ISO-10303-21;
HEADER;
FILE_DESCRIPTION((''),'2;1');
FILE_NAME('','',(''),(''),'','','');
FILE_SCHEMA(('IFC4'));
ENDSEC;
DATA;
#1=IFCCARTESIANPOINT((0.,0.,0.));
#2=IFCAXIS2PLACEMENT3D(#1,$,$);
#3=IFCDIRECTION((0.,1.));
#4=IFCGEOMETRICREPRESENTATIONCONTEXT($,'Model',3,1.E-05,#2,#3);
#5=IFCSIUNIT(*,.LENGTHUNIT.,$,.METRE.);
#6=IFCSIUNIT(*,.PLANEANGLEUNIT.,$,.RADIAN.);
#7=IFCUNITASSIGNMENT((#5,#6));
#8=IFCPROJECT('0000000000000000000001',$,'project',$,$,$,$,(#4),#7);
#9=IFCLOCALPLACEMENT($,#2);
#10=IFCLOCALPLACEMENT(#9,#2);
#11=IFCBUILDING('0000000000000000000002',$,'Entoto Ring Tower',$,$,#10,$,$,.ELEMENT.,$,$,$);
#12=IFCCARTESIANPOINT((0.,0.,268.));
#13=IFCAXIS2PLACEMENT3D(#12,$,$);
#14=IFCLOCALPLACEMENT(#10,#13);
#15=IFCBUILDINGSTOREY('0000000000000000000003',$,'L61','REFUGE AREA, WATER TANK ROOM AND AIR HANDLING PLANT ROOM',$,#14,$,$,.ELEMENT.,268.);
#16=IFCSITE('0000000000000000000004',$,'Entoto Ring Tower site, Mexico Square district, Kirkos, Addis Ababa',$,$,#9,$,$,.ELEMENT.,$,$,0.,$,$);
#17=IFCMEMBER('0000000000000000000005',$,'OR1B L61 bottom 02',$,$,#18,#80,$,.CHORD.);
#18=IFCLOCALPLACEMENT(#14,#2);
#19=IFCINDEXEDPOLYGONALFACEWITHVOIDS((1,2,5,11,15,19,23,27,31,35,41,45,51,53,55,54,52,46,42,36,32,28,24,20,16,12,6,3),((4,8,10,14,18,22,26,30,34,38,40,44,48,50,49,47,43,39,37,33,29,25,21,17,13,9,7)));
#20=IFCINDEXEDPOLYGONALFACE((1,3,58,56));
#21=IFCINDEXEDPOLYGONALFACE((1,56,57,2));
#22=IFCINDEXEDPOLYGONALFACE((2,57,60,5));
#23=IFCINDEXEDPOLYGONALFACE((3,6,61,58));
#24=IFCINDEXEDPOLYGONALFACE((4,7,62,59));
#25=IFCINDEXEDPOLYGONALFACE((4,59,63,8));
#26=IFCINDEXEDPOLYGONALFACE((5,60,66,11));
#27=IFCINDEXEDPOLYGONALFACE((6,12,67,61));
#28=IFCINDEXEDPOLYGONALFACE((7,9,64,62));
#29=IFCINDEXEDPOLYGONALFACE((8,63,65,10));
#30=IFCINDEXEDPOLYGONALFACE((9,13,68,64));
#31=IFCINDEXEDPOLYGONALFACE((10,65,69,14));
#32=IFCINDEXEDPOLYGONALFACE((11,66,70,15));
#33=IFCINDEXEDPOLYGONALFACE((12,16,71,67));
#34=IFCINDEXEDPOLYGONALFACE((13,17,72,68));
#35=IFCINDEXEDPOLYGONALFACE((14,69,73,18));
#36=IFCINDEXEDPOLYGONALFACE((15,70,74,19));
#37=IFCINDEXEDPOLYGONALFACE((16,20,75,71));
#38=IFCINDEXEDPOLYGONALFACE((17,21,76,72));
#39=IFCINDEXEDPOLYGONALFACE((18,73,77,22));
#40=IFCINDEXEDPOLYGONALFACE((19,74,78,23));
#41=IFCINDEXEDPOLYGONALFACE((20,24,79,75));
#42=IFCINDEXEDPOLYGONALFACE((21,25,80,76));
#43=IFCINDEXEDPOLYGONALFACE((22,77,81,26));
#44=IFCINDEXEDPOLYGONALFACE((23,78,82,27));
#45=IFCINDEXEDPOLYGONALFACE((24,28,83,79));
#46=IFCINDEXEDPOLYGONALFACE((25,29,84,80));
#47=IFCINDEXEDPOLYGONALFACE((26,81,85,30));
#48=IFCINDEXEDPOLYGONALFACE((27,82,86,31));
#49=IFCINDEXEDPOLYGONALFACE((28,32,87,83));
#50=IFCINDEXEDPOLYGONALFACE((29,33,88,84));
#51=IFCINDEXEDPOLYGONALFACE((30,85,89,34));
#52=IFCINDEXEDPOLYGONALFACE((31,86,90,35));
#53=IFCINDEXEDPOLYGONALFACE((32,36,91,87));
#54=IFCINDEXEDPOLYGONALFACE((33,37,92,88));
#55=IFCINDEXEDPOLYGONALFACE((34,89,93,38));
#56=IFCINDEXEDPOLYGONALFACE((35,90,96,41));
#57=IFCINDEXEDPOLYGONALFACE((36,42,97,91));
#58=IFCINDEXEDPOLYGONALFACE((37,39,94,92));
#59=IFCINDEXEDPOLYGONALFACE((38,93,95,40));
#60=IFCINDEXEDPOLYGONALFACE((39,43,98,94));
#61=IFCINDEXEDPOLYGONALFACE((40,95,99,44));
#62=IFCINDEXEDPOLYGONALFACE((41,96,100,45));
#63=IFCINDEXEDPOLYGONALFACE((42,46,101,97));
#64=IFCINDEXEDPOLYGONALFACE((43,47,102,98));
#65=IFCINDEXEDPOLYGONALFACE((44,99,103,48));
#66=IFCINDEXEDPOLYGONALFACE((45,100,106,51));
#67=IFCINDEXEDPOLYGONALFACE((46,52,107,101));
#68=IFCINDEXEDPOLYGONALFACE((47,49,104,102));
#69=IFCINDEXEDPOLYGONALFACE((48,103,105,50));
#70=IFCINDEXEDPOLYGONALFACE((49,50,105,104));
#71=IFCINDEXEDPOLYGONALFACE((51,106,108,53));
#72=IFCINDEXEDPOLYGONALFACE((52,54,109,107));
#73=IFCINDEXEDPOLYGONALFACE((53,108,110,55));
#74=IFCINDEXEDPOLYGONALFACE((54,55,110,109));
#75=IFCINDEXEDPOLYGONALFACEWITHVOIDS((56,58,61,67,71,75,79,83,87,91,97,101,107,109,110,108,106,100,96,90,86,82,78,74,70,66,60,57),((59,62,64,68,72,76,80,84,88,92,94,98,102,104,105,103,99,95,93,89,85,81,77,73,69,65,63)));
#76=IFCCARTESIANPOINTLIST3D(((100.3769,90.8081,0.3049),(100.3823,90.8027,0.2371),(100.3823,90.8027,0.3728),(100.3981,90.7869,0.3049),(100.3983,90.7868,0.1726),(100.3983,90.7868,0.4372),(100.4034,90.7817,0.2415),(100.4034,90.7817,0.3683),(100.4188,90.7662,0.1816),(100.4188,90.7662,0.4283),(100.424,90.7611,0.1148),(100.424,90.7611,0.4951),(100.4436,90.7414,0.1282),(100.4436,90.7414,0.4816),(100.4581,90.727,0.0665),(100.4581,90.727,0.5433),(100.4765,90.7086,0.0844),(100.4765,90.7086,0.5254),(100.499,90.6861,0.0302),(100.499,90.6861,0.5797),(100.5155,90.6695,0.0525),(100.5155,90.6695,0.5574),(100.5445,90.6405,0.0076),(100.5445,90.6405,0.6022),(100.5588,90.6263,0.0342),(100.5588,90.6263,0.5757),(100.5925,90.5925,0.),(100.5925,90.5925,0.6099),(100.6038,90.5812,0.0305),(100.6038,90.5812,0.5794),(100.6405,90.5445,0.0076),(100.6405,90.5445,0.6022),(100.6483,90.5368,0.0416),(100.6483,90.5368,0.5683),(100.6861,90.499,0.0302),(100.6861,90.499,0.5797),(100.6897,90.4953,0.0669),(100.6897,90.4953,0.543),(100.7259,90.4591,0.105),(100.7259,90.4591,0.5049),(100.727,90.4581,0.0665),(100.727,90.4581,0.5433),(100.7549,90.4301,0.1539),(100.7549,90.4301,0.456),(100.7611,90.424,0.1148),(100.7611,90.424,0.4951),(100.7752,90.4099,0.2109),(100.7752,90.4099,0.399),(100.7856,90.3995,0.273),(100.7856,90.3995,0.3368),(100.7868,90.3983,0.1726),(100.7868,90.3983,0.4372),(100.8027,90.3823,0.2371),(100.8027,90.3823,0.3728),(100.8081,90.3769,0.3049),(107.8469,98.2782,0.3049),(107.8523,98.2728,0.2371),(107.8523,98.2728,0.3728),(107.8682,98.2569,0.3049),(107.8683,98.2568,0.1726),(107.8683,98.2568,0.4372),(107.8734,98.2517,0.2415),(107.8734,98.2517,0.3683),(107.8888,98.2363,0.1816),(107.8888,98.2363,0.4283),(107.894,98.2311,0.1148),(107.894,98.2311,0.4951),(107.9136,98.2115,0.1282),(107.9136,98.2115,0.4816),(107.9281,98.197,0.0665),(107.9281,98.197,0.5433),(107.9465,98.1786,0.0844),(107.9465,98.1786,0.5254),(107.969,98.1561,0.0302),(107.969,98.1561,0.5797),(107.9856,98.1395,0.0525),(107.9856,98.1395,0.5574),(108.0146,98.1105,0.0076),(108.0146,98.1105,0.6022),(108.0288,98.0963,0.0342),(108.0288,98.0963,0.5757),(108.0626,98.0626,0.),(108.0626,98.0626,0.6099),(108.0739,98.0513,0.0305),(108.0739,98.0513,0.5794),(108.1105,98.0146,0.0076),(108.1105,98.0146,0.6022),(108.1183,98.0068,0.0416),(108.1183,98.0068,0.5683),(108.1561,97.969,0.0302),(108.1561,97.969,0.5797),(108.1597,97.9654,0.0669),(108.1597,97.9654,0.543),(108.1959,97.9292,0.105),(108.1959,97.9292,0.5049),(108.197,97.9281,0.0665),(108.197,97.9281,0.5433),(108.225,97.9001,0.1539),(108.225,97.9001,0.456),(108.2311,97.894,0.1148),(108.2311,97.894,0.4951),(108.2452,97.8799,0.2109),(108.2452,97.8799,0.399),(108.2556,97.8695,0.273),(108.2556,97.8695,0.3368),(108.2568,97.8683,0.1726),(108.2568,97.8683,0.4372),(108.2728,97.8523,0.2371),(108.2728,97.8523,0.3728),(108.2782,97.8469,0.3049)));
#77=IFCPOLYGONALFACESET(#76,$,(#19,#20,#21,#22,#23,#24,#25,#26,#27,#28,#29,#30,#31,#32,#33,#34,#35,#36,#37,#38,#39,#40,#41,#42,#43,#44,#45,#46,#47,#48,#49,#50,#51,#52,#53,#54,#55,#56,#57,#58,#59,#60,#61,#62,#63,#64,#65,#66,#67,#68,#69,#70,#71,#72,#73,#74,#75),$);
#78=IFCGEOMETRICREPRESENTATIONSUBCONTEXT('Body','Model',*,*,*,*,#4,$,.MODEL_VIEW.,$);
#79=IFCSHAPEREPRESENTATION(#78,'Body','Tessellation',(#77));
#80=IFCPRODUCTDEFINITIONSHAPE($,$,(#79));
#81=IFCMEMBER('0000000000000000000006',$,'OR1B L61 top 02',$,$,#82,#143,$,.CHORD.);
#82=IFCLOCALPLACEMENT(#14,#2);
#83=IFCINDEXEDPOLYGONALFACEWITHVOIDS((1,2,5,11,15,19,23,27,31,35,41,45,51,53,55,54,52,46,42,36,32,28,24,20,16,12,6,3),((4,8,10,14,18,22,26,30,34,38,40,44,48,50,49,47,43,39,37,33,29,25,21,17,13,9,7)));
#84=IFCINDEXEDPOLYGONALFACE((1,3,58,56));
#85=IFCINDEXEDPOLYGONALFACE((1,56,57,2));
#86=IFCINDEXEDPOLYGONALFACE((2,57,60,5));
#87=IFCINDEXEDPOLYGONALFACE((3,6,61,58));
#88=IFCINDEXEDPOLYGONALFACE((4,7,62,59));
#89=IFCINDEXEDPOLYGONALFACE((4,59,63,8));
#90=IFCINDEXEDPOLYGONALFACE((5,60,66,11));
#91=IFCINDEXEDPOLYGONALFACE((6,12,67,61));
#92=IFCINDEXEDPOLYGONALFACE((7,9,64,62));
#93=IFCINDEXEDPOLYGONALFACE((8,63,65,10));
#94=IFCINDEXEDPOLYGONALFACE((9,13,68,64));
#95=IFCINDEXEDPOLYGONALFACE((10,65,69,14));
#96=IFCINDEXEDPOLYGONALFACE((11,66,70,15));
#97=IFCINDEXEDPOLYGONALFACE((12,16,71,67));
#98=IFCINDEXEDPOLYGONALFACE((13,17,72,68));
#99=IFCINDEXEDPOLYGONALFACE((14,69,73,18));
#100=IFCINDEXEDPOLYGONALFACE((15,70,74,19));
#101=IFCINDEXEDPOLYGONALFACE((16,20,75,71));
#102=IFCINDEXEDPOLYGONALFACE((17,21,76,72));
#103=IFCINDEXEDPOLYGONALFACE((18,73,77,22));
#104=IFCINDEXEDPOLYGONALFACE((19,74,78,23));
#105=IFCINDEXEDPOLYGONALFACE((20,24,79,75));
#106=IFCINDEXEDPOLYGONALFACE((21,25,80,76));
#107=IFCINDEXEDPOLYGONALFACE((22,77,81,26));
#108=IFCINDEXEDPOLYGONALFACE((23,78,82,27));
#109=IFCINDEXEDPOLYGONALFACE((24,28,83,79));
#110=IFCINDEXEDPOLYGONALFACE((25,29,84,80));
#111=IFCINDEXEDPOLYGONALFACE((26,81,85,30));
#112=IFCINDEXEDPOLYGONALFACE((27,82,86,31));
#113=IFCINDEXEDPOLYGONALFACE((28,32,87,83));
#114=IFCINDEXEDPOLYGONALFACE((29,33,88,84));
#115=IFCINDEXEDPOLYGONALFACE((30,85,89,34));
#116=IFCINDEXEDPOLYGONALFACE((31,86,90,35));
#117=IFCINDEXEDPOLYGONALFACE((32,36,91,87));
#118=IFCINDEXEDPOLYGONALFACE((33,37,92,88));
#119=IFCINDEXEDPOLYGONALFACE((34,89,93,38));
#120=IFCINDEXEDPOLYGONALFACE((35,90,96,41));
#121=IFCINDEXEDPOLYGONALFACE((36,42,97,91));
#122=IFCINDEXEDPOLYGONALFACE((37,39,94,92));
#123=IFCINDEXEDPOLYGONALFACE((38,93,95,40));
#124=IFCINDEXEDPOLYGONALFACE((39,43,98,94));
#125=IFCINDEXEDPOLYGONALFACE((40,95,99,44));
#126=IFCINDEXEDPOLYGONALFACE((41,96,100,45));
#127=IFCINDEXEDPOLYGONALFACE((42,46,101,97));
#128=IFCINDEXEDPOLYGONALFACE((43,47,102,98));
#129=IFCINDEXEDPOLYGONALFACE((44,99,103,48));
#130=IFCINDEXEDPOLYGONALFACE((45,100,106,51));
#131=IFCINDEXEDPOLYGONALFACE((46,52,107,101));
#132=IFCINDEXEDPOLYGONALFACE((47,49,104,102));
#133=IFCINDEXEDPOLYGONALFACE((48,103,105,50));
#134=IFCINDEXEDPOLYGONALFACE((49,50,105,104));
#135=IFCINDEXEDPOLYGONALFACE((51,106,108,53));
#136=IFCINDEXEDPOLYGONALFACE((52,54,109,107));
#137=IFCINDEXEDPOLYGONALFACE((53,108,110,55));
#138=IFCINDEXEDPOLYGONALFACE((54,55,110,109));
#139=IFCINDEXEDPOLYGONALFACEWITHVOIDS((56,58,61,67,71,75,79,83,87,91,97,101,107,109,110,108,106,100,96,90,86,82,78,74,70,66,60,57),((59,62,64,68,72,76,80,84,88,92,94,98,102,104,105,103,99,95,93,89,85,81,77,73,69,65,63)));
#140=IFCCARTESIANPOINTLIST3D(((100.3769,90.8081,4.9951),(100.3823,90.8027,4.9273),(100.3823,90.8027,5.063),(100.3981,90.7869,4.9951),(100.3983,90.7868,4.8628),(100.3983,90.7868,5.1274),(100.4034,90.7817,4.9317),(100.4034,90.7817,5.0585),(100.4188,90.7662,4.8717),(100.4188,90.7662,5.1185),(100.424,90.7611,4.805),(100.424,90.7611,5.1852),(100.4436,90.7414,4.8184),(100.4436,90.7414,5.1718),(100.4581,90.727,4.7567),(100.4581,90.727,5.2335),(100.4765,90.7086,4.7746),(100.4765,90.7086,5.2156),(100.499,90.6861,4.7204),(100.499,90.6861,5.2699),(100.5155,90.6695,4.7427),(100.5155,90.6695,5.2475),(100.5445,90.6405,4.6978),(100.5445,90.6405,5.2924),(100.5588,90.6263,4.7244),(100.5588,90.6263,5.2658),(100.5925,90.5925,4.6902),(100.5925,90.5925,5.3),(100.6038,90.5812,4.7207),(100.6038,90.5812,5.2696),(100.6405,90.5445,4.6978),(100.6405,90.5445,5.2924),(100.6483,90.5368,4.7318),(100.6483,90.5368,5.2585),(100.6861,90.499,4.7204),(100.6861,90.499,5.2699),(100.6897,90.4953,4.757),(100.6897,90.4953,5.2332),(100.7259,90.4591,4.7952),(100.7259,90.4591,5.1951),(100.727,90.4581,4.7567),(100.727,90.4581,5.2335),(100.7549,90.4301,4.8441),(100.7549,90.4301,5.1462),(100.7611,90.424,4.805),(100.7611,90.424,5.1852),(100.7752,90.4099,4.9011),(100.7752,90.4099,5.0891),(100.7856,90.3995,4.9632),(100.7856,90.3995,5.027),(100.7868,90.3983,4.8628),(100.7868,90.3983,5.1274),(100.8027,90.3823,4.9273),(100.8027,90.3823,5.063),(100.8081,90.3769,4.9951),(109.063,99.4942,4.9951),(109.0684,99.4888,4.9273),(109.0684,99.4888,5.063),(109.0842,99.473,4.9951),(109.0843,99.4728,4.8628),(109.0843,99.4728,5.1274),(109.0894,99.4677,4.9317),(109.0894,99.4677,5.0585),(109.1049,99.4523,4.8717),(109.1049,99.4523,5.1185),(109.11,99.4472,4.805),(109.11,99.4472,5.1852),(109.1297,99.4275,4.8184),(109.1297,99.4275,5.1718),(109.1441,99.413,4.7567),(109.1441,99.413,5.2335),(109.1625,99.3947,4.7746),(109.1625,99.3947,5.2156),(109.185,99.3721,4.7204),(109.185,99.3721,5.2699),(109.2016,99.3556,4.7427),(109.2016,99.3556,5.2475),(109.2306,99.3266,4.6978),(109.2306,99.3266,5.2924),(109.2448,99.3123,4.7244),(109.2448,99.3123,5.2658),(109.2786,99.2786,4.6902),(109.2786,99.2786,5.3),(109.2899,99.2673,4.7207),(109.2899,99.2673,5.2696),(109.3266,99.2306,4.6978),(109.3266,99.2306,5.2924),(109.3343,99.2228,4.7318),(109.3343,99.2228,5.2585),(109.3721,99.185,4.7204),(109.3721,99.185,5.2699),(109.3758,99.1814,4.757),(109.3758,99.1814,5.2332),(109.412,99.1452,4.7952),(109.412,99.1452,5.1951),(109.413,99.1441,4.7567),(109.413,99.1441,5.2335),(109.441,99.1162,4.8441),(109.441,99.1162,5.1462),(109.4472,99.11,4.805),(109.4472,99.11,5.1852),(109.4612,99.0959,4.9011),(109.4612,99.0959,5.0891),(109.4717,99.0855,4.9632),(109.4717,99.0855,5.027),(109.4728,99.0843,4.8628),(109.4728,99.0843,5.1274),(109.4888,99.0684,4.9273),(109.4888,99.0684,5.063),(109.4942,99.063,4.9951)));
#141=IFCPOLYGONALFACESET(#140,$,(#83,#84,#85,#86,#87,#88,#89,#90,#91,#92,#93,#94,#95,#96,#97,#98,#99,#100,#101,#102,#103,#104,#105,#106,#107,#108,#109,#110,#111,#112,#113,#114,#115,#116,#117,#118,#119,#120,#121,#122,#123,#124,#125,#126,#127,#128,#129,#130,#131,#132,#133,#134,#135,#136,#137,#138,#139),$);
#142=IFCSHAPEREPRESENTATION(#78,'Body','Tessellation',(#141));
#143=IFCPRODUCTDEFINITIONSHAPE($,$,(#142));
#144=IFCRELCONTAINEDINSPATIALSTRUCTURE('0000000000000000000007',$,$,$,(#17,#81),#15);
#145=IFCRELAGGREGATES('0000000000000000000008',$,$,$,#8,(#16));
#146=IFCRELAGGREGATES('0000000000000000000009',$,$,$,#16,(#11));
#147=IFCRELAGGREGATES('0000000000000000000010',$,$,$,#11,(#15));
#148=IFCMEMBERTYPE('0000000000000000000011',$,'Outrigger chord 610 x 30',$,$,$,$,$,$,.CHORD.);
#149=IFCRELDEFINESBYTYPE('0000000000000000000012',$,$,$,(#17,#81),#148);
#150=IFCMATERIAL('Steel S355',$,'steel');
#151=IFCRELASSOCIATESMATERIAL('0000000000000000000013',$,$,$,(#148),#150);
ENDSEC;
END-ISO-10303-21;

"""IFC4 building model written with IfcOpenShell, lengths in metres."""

from ifc_helpers import new_model, si_unit, direction, frame, origin, origin_2d, place, context, subcontext, project, spatial, circle, hollow_circle, extrude, material, material_profile, profile_set, type_object, element, save


model = new_model("IFC4")

# Units and contexts
model_context = context("Model", 3, precision=1e-05, world=origin(), true_north=direction((0.0, 1.0)))
body_context = subcontext(model_context, "Body", "Model", "MODEL_VIEW")
ifc_project = project(units=[si_unit("LENGTHUNIT", "METRE"), si_unit("PLANEANGLEUNIT", "RADIAN")], contexts=[model_context])

# Site, building, storey
site_placement = place(None, origin())
site = spatial("IfcSite", under=ifc_project, at=site_placement, Name="Entoto Ring Tower site, Mexico Square district, Kirkos, Addis Ababa", CompositionType="ELEMENT", RefElevation=0.0)
building_placement = place(site_placement, origin())
building = spatial("IfcBuilding", under=site, at=building_placement, Name="Entoto Ring Tower", CompositionType="ELEMENT")
storey_placement = place(building_placement, frame((0.0, 0.0, 268.0)))
storey = spatial("IfcBuildingStorey", under=building, at=storey_placement, Name="L61", Description="REFUGE AREA, WATER TANK ROOM AND AIR HANDLING PLANT ROOM", CompositionType="ELEMENT", Elevation=268.0)

# Members
ifc_material_1 = material(Name="Steel S355", Category="steel")
ifc_material_profile_1 = material_profile(ifc_material_1, hollow_circle(Radius=0.3049, WallThickness=0.03, at=origin_2d()), Name="CHS 610 x 30")
ifc_material_2 = material(Name="Concrete C60/75", Category="concrete")
ifc_material_profile_2 = material_profile(ifc_material_2, circle(Radius=0.2749, at=origin_2d()), Name="Concrete C60/75 infill")
ifc_profile_set_1 = profile_set([ifc_material_profile_1, ifc_material_profile_2], Name="Steel S355")
member_type_1 = type_object("IfcMemberType", Name="Outrigger chord 610 x 30", PredefinedType="CHORD", material=ifc_profile_set_1)
member_1_placement = place(storey_placement, frame((100.5925, 90.5925, 0.3049), z_axis=(0.707107, 0.707107, 0.0), x_axis=(-0.707107, 0.707107, 0.0)))
element("IfcMember", 1, at=member_1_placement, inside=storey, type_object=member_type_1, Name="OR1B L61 bottom 02", PredefinedType="CHORD", context=body_context, shape_type="SweptSolid", body=[
    extrude(hollow_circle(Radius=0.3049, WallThickness=0.03, at=origin_2d()), origin(), (0.0, 0.0, 1.0), 10.5642),
])
member_2_placement = place(storey_placement, frame((100.5925, 90.5925, 4.9951), z_axis=(0.707107, 0.707107, 0.0), x_axis=(-0.707107, 0.707107, 0.0)))
element("IfcMember", 2, at=member_2_placement, inside=storey, type_object=member_type_1, Name="OR1B L61 top 02", PredefinedType="CHORD", context=body_context, shape_type="SweptSolid", body=[
    extrude(hollow_circle(Radius=0.3049, WallThickness=0.03, at=origin_2d()), origin(), (0.0, 0.0, 1.0), 12.2839),
])

save(model, "model.ifc")
